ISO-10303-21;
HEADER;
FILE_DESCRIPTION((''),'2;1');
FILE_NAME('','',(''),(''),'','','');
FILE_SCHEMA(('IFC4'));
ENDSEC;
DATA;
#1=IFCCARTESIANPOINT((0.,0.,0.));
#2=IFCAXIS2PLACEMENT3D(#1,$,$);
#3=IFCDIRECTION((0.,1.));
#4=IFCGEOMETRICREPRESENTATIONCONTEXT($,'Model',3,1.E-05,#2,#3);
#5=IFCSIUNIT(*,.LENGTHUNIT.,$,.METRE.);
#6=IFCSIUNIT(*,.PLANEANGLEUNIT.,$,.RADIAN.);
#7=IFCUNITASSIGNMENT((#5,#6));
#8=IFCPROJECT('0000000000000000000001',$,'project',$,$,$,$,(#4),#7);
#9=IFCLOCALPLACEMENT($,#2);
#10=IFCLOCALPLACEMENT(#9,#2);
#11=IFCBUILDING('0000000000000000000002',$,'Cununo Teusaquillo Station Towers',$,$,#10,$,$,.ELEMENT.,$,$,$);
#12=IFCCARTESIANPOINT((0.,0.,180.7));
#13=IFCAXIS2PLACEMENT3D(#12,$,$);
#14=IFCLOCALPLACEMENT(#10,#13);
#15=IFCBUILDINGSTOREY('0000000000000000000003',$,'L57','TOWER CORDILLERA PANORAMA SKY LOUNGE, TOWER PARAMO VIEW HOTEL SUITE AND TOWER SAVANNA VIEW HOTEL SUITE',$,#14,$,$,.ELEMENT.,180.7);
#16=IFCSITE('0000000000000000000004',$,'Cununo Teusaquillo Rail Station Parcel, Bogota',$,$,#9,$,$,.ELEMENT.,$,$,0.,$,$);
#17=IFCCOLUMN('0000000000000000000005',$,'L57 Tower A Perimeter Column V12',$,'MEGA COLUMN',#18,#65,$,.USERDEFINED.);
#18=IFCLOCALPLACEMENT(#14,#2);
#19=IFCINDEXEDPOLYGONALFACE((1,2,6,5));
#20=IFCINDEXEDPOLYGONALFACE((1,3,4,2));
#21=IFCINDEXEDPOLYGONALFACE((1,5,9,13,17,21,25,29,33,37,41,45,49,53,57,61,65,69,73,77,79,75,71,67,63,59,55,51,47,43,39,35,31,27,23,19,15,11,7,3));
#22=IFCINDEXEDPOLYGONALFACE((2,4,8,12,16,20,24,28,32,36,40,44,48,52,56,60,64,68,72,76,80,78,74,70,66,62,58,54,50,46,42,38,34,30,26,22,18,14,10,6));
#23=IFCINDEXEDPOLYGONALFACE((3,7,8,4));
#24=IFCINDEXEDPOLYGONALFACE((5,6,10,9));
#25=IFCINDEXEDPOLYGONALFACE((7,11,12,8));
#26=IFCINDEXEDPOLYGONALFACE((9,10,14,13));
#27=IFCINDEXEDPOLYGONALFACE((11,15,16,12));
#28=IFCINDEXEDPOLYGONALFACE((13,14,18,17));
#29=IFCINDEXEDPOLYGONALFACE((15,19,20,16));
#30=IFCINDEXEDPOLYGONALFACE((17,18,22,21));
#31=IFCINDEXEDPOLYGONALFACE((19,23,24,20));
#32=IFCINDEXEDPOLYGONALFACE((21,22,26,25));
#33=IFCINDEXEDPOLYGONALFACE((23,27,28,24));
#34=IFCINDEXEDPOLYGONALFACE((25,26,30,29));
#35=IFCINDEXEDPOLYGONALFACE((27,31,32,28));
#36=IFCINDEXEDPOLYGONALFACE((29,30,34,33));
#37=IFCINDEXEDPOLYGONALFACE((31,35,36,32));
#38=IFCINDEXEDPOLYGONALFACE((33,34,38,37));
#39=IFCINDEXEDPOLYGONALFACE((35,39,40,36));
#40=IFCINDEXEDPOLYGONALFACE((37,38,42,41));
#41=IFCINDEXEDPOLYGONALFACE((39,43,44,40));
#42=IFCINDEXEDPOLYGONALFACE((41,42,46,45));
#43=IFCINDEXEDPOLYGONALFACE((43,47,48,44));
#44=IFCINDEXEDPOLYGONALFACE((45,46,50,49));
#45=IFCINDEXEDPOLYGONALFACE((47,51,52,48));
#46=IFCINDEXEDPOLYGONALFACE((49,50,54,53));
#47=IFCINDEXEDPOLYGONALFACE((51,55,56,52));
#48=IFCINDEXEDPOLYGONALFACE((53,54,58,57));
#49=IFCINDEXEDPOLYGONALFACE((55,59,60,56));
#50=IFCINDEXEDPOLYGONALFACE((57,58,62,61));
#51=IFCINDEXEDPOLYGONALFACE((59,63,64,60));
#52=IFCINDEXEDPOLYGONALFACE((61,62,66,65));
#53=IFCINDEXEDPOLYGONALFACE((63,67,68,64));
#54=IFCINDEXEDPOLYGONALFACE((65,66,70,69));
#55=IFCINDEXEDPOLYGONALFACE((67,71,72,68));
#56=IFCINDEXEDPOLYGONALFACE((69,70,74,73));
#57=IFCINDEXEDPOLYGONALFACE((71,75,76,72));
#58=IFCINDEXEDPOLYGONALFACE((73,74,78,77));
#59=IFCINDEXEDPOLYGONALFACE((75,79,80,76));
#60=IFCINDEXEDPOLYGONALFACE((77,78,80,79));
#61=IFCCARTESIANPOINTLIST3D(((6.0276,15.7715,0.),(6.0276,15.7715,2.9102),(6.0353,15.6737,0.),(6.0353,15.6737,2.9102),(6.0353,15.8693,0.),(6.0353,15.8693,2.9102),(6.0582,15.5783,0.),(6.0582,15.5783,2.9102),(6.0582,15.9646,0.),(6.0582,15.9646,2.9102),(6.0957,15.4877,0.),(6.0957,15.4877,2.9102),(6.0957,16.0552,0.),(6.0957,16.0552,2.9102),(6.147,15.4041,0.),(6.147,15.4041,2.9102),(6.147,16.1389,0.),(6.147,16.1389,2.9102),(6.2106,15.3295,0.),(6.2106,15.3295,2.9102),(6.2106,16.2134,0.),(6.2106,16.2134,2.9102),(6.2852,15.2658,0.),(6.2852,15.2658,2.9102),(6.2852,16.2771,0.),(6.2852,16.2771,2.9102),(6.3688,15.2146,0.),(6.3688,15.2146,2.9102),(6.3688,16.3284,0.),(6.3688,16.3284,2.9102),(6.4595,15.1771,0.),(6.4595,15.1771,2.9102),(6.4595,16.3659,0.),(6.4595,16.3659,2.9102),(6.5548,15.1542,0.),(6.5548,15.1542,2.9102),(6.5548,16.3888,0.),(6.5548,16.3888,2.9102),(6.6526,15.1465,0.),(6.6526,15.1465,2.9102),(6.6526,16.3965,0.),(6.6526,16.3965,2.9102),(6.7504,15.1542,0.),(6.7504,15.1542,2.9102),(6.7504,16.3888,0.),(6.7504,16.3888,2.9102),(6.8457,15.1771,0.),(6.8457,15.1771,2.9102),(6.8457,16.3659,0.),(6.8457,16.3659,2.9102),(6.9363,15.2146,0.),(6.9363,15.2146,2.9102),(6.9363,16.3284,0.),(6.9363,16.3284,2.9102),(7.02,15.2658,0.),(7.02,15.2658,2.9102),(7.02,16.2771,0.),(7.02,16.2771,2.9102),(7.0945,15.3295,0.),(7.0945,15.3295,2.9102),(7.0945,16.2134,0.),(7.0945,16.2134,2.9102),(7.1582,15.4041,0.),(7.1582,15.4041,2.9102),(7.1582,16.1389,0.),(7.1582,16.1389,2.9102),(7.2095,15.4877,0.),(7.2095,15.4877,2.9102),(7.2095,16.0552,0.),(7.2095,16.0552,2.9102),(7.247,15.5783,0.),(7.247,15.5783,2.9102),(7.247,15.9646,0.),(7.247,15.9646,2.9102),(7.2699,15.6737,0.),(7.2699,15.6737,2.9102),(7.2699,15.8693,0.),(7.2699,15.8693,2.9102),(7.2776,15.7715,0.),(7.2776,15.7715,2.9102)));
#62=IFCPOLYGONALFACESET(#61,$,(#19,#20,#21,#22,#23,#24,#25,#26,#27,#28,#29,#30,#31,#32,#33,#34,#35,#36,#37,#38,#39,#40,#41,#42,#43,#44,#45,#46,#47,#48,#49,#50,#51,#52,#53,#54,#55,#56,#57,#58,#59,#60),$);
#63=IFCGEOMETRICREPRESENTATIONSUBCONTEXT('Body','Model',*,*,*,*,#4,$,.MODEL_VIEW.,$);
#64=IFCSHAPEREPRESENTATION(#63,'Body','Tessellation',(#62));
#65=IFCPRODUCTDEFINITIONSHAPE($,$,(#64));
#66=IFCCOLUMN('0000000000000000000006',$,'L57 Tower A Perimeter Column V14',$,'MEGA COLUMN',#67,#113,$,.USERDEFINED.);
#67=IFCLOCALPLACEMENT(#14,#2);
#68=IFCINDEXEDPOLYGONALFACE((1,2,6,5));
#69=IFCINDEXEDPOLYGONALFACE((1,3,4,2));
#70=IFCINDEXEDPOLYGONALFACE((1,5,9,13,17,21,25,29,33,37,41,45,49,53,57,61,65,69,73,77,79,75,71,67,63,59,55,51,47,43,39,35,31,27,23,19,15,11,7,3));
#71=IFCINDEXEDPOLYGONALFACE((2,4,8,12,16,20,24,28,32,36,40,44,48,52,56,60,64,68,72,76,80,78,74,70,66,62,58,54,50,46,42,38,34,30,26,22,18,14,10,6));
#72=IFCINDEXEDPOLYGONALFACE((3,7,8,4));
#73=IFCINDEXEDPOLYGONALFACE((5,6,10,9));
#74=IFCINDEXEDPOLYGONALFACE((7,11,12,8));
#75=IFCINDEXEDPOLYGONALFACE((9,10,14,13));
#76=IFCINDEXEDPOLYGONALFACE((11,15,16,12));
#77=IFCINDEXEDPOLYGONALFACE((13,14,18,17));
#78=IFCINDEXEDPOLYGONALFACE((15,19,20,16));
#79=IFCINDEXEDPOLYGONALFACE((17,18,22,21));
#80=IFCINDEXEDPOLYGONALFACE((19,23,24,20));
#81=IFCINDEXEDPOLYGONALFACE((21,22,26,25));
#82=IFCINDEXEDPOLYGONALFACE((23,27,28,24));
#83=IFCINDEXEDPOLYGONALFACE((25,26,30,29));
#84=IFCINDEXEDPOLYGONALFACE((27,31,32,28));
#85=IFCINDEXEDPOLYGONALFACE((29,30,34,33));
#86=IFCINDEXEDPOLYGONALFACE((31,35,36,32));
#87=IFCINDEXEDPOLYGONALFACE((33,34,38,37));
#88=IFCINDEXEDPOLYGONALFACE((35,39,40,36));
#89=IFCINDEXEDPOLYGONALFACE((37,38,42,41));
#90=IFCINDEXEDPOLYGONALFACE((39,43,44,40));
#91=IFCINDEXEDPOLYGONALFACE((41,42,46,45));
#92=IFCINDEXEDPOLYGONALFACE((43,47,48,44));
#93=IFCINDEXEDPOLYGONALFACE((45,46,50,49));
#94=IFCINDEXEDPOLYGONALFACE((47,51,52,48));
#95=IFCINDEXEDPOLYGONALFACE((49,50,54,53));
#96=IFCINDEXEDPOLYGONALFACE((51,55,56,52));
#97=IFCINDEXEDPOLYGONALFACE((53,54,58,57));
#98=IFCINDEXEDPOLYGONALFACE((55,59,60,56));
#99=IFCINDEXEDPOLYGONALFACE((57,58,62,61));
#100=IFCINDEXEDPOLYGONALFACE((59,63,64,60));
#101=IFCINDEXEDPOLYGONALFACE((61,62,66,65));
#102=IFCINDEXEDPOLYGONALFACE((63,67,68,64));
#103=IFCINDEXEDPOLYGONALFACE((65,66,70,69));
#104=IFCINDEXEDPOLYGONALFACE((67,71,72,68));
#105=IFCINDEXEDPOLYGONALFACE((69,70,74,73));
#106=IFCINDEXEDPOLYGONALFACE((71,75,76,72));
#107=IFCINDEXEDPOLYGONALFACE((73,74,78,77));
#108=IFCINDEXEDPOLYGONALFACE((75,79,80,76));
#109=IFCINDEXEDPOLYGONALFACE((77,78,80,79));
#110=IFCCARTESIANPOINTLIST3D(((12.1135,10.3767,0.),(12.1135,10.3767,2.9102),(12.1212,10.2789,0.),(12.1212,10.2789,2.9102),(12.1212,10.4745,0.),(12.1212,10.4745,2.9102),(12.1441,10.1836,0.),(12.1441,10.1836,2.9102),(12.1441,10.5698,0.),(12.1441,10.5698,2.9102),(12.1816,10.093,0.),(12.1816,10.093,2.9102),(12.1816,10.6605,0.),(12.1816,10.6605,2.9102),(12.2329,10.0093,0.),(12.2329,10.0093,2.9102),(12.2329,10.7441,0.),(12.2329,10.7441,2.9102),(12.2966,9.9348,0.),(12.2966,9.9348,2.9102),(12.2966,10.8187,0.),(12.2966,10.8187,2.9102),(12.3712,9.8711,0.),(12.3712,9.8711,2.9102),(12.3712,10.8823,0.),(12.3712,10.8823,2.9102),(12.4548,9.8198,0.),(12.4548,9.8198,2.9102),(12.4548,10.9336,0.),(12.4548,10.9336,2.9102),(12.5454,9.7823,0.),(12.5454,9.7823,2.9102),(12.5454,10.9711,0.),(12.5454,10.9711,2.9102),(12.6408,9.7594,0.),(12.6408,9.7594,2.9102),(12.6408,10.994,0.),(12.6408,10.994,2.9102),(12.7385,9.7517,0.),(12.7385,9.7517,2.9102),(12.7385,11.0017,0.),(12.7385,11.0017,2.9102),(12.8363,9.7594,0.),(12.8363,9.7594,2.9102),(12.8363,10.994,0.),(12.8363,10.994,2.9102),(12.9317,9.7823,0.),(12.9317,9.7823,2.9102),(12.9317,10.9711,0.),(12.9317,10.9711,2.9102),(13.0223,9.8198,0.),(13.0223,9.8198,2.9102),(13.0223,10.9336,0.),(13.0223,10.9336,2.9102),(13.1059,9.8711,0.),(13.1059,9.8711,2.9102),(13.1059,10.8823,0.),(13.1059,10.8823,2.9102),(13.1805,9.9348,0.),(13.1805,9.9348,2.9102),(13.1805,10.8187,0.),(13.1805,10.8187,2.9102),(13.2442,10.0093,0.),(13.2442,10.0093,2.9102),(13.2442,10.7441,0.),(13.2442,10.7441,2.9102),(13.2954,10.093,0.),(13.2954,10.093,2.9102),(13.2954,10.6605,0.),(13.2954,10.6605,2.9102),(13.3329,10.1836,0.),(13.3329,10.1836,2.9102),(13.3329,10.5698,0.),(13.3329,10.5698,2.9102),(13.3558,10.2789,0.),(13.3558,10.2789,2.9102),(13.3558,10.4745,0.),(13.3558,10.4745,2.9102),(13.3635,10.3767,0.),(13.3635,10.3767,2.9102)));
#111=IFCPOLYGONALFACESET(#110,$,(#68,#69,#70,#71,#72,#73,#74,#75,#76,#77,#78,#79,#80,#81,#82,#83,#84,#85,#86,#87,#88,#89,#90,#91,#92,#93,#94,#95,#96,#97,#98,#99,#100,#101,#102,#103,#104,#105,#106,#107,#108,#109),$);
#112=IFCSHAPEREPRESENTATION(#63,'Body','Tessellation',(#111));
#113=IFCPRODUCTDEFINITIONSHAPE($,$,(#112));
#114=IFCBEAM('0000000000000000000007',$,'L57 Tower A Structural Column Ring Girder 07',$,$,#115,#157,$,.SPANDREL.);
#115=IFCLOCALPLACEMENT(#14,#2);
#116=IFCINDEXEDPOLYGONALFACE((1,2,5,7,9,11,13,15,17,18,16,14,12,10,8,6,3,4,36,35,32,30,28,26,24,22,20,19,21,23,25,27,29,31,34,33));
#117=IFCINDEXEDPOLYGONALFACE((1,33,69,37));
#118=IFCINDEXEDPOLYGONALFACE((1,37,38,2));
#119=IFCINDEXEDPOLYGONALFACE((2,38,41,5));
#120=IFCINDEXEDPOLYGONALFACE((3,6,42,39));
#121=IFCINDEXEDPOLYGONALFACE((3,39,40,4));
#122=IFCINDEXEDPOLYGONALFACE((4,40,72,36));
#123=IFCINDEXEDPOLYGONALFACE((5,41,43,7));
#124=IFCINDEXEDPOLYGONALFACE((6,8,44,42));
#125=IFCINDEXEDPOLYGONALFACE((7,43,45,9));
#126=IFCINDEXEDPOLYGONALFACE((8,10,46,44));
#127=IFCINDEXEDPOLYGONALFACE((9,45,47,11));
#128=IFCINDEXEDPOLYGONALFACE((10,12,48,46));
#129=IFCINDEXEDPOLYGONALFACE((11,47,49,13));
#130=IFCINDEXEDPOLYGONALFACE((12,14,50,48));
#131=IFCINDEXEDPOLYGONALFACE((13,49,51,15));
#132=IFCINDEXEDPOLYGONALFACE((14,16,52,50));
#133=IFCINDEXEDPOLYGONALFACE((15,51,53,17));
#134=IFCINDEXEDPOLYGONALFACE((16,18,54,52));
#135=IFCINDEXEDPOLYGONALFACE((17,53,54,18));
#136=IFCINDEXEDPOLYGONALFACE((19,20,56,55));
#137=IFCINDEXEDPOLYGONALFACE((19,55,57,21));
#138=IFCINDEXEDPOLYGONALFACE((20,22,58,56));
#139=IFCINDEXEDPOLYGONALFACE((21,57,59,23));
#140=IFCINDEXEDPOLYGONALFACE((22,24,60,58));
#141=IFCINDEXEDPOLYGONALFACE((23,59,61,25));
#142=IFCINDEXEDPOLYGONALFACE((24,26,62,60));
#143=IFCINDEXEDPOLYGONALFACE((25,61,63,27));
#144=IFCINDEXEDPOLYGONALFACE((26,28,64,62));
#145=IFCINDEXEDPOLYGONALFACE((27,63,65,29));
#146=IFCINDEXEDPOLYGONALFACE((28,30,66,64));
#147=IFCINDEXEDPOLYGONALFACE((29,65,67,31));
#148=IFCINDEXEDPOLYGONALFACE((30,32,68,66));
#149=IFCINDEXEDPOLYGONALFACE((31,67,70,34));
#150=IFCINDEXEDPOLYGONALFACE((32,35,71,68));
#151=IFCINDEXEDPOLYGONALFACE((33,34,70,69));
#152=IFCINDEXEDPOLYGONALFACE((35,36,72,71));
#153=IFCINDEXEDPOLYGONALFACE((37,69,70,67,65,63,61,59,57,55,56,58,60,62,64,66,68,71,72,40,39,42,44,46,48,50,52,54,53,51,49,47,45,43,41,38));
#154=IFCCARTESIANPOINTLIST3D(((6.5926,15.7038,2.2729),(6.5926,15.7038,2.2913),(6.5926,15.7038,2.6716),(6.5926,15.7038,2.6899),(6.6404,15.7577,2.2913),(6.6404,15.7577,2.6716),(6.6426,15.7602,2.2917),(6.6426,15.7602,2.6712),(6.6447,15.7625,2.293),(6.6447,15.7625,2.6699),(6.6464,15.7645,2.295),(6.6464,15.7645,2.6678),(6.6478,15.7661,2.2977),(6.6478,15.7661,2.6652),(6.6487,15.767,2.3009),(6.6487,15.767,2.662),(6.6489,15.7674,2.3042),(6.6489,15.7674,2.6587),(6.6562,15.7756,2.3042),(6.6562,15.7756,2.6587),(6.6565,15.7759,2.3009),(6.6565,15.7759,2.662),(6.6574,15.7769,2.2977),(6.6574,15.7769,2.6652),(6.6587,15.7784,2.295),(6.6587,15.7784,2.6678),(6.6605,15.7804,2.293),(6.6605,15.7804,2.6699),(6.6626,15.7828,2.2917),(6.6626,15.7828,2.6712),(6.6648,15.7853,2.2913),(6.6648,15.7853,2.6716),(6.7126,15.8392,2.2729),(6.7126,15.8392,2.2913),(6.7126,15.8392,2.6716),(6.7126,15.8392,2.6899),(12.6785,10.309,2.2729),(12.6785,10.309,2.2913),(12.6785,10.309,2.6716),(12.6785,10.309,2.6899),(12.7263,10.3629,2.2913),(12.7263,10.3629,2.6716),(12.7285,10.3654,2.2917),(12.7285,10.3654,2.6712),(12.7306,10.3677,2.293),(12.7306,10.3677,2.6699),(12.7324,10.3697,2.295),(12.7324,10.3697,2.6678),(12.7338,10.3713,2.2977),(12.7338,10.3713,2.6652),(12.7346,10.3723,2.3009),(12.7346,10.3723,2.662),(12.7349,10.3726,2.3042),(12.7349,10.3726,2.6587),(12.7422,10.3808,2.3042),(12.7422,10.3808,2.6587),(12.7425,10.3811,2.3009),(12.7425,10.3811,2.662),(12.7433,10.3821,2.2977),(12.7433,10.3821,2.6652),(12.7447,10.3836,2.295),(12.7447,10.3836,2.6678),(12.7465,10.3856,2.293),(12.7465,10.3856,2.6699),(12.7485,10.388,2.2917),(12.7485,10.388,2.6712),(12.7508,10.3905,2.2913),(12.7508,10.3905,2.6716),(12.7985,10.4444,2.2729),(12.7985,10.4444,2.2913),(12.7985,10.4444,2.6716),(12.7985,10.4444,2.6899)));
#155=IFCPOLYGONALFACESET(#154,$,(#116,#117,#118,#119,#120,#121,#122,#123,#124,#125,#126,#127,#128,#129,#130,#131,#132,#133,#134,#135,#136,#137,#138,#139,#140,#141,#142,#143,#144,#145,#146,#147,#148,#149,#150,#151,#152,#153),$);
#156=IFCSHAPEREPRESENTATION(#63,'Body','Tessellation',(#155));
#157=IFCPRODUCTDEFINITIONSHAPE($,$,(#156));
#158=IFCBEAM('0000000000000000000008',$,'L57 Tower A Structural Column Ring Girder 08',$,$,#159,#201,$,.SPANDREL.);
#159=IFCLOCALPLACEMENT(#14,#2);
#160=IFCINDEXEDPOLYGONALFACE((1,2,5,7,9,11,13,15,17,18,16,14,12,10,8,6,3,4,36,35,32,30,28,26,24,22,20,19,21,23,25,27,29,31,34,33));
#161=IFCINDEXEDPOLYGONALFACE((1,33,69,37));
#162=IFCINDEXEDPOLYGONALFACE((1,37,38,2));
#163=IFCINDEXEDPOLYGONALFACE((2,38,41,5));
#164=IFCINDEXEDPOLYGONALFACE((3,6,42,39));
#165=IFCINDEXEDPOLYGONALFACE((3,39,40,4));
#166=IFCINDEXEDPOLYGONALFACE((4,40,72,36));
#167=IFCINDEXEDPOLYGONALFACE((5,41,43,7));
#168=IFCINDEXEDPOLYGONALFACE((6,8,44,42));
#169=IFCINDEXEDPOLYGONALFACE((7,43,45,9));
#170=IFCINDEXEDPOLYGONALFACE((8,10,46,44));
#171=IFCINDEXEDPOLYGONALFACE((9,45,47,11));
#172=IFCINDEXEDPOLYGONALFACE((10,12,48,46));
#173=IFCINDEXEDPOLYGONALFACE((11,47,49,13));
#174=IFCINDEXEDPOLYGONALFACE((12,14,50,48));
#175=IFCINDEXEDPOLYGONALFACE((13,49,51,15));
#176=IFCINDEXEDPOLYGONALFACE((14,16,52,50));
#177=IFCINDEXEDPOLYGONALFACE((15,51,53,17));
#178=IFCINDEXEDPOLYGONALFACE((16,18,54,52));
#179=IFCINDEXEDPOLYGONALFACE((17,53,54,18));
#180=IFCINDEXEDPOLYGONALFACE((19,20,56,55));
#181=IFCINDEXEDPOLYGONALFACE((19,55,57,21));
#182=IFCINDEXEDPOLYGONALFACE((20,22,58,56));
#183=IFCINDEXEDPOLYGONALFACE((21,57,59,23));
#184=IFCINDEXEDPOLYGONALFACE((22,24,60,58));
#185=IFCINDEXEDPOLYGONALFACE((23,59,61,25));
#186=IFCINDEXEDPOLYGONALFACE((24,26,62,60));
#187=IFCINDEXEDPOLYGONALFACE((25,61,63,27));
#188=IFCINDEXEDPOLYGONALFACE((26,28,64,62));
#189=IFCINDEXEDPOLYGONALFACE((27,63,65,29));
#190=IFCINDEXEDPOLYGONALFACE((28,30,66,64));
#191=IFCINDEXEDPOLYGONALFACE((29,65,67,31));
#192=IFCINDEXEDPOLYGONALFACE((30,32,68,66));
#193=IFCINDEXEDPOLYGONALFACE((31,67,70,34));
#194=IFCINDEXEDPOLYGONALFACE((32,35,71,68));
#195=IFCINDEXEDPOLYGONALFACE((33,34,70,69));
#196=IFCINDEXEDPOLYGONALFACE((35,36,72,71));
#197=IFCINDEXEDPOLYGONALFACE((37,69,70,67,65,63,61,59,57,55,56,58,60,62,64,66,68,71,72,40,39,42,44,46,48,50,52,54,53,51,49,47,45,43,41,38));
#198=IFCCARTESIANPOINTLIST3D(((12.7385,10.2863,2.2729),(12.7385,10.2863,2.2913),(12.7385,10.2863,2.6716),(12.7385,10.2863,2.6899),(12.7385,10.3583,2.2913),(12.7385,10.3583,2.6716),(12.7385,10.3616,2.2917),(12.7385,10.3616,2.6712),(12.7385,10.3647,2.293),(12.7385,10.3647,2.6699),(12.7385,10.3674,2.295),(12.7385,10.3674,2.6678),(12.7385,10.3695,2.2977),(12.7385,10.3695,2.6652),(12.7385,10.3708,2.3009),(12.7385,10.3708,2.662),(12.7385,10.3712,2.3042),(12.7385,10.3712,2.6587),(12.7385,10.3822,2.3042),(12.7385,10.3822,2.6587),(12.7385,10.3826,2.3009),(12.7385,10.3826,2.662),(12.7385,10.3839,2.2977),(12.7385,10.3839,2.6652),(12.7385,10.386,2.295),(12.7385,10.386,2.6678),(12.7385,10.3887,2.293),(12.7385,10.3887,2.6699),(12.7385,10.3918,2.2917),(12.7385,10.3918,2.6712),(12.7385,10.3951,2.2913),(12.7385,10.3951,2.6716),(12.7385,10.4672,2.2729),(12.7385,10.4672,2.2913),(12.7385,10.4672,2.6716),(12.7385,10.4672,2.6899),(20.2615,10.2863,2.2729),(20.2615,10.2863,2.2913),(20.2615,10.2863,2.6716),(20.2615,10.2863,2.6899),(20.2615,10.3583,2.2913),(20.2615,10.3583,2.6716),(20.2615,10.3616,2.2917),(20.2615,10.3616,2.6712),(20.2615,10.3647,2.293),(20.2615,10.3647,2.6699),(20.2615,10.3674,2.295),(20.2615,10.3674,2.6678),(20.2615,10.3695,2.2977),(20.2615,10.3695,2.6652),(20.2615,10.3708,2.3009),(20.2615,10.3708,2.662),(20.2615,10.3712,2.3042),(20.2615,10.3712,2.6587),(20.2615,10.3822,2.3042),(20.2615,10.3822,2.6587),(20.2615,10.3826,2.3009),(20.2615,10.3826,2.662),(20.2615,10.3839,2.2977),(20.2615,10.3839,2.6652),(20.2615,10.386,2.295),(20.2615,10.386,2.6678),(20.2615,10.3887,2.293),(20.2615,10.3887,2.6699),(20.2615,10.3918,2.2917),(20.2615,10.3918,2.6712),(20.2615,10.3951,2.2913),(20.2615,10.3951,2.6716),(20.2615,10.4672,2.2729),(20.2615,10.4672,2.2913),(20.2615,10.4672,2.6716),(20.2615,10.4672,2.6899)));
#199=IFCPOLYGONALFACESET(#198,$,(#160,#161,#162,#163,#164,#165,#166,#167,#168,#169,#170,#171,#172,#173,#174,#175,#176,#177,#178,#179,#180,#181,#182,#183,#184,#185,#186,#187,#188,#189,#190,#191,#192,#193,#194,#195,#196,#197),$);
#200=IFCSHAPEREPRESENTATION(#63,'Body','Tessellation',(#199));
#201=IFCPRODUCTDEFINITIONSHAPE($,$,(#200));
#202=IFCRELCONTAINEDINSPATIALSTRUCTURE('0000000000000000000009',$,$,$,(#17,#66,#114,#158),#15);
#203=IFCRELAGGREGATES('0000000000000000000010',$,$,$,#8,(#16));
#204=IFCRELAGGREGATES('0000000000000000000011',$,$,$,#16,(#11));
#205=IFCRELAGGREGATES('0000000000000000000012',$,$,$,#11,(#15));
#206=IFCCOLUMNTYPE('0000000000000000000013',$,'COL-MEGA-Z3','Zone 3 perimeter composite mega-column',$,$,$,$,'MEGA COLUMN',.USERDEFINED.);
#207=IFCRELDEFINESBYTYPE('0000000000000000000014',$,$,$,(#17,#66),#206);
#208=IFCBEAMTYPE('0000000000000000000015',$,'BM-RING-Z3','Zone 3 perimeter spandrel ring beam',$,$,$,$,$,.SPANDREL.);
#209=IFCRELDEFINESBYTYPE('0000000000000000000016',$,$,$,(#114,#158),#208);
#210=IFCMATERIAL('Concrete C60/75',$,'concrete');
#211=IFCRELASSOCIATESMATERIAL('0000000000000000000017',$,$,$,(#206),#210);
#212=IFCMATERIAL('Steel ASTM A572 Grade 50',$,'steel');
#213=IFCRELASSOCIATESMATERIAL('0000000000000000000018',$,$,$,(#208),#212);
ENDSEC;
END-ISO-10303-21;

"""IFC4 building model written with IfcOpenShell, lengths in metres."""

from ifc_helpers import new_model, si_unit, direction, frame, origin, origin_2d, place, context, subcontext, project, spatial, circle, i_section, extrude, material, material_profile, profile_set, type_object, element, save


model = new_model("IFC4")

# Units and contexts
model_context = context("Model", 3, precision=1e-05, world=origin(), true_north=direction((0.0, 1.0)))
body_context = subcontext(model_context, "Body", "Model", "MODEL_VIEW")
ifc_project = project(units=[si_unit("LENGTHUNIT", "METRE"), si_unit("PLANEANGLEUNIT", "RADIAN")], contexts=[model_context])

# Site, building, storey
site_placement = place(None, origin())
site = spatial("IfcSite", under=ifc_project, at=site_placement, Name="Cununo Teusaquillo Rail Station Parcel, Bogota", CompositionType="ELEMENT", RefElevation=0.0)
building_placement = place(site_placement, origin())
building = spatial("IfcBuilding", under=site, at=building_placement, Name="Cununo Teusaquillo Station Towers", CompositionType="ELEMENT")
storey_placement = place(building_placement, frame((0.0, 0.0, 180.7)))
storey = spatial("IfcBuildingStorey", under=building, at=storey_placement, Name="L57", Description="TOWER CORDILLERA PANORAMA SKY LOUNGE, TOWER PARAMO VIEW HOTEL SUITE AND TOWER SAVANNA VIEW HOTEL SUITE", CompositionType="ELEMENT", Elevation=180.7)

# Columns
ifc_material_1 = material(Name="Concrete C60/75", Category="concrete")
ifc_material_profile_1 = material_profile(ifc_material_1, circle(Radius=0.625, at=origin_2d()), Name="RC-CIRC-1250")
ifc_profile_set_1 = profile_set([ifc_material_profile_1], Name="Concrete C60/75")
column_type = type_object("IfcColumnType", Name="COL-MEGA-Z3", Description="Zone 3 perimeter composite mega-column", ElementType="MEGA COLUMN", PredefinedType="USERDEFINED", material=ifc_profile_set_1)
for number, where, z_axis, x_axis, name in (
    (1, (6.6526, 15.7715, 0.0), (0.0, 0.0, 1.0), (1.0, 0.0, 0.0), "L57 Tower A Perimeter Column V12"),
    (2, (12.7385, 10.3767, 0.0), (0.0, 0.0, 1.0), (1.0, 0.0, 0.0), "L57 Tower A Perimeter Column V14"),
):
    element("IfcColumn", number, at=place(storey_placement, frame(where, z_axis=z_axis, x_axis=x_axis)), inside=storey, type_object=column_type, Name=name, ObjectType="MEGA COLUMN", PredefinedType="USERDEFINED", context=body_context, shape_type="SweptSolid", body=[
        extrude(circle(Radius=0.625, at=origin_2d()), origin(), (0.0, 0.0, 1.0), 2.9102),
    ])

# Beams
ifc_material_2 = material(Name="Steel ASTM A572 Grade 50", Category="steel")
ifc_material_profile_2 = material_profile(ifc_material_2, i_section(OverallWidth=0.1809, OverallDepth=0.417, WebThickness=0.011, FlangeThickness=0.0183, FilletRadius=0.0129, at=origin_2d()), Name="W16X57")
ifc_profile_set_2 = profile_set([ifc_material_profile_2], Name="Steel ASTM A572 Grade 50")
beam_type = type_object("IfcBeamType", Name="BM-RING-Z3", Description="Zone 3 perimeter spandrel ring beam", PredefinedType="SPANDREL", material=ifc_profile_set_2)
beam_1_placement = place(storey_placement, frame((6.6526, 15.7715, 2.4814), z_axis=(0.748321, -0.663337, 0.0), x_axis=(0.663337, 0.748321, 0.0)))
element("IfcBeam", 3, at=beam_1_placement, inside=storey, type_object=beam_type, Name="L57 Tower A Structural Column Ring Girder 07", PredefinedType="SPANDREL", context=body_context, shape_type="SweptSolid", body=[
    extrude(i_section(OverallWidth=0.1809, OverallDepth=0.417, WebThickness=0.011, FlangeThickness=0.0183, FilletRadius=0.0129, at=origin_2d()), origin(), (0.0, 0.0, 1.0), 8.1328),
])
beam_2_placement = place(storey_placement, frame((12.7385, 10.3767, 2.4814), z_axis=(1.0, 0.0, 0.0), x_axis=(0.0, 1.0, 0.0)))
element("IfcBeam", 4, at=beam_2_placement, inside=storey, type_object=beam_type, Name="L57 Tower A Structural Column Ring Girder 08", PredefinedType="SPANDREL", context=body_context, shape_type="SweptSolid", body=[
    extrude(i_section(OverallWidth=0.1809, OverallDepth=0.417, WebThickness=0.011, FlangeThickness=0.0183, FilletRadius=0.0129, at=origin_2d()), origin(), (0.0, 0.0, 1.0), 7.5229),
])

save(model, "model.ifc")
